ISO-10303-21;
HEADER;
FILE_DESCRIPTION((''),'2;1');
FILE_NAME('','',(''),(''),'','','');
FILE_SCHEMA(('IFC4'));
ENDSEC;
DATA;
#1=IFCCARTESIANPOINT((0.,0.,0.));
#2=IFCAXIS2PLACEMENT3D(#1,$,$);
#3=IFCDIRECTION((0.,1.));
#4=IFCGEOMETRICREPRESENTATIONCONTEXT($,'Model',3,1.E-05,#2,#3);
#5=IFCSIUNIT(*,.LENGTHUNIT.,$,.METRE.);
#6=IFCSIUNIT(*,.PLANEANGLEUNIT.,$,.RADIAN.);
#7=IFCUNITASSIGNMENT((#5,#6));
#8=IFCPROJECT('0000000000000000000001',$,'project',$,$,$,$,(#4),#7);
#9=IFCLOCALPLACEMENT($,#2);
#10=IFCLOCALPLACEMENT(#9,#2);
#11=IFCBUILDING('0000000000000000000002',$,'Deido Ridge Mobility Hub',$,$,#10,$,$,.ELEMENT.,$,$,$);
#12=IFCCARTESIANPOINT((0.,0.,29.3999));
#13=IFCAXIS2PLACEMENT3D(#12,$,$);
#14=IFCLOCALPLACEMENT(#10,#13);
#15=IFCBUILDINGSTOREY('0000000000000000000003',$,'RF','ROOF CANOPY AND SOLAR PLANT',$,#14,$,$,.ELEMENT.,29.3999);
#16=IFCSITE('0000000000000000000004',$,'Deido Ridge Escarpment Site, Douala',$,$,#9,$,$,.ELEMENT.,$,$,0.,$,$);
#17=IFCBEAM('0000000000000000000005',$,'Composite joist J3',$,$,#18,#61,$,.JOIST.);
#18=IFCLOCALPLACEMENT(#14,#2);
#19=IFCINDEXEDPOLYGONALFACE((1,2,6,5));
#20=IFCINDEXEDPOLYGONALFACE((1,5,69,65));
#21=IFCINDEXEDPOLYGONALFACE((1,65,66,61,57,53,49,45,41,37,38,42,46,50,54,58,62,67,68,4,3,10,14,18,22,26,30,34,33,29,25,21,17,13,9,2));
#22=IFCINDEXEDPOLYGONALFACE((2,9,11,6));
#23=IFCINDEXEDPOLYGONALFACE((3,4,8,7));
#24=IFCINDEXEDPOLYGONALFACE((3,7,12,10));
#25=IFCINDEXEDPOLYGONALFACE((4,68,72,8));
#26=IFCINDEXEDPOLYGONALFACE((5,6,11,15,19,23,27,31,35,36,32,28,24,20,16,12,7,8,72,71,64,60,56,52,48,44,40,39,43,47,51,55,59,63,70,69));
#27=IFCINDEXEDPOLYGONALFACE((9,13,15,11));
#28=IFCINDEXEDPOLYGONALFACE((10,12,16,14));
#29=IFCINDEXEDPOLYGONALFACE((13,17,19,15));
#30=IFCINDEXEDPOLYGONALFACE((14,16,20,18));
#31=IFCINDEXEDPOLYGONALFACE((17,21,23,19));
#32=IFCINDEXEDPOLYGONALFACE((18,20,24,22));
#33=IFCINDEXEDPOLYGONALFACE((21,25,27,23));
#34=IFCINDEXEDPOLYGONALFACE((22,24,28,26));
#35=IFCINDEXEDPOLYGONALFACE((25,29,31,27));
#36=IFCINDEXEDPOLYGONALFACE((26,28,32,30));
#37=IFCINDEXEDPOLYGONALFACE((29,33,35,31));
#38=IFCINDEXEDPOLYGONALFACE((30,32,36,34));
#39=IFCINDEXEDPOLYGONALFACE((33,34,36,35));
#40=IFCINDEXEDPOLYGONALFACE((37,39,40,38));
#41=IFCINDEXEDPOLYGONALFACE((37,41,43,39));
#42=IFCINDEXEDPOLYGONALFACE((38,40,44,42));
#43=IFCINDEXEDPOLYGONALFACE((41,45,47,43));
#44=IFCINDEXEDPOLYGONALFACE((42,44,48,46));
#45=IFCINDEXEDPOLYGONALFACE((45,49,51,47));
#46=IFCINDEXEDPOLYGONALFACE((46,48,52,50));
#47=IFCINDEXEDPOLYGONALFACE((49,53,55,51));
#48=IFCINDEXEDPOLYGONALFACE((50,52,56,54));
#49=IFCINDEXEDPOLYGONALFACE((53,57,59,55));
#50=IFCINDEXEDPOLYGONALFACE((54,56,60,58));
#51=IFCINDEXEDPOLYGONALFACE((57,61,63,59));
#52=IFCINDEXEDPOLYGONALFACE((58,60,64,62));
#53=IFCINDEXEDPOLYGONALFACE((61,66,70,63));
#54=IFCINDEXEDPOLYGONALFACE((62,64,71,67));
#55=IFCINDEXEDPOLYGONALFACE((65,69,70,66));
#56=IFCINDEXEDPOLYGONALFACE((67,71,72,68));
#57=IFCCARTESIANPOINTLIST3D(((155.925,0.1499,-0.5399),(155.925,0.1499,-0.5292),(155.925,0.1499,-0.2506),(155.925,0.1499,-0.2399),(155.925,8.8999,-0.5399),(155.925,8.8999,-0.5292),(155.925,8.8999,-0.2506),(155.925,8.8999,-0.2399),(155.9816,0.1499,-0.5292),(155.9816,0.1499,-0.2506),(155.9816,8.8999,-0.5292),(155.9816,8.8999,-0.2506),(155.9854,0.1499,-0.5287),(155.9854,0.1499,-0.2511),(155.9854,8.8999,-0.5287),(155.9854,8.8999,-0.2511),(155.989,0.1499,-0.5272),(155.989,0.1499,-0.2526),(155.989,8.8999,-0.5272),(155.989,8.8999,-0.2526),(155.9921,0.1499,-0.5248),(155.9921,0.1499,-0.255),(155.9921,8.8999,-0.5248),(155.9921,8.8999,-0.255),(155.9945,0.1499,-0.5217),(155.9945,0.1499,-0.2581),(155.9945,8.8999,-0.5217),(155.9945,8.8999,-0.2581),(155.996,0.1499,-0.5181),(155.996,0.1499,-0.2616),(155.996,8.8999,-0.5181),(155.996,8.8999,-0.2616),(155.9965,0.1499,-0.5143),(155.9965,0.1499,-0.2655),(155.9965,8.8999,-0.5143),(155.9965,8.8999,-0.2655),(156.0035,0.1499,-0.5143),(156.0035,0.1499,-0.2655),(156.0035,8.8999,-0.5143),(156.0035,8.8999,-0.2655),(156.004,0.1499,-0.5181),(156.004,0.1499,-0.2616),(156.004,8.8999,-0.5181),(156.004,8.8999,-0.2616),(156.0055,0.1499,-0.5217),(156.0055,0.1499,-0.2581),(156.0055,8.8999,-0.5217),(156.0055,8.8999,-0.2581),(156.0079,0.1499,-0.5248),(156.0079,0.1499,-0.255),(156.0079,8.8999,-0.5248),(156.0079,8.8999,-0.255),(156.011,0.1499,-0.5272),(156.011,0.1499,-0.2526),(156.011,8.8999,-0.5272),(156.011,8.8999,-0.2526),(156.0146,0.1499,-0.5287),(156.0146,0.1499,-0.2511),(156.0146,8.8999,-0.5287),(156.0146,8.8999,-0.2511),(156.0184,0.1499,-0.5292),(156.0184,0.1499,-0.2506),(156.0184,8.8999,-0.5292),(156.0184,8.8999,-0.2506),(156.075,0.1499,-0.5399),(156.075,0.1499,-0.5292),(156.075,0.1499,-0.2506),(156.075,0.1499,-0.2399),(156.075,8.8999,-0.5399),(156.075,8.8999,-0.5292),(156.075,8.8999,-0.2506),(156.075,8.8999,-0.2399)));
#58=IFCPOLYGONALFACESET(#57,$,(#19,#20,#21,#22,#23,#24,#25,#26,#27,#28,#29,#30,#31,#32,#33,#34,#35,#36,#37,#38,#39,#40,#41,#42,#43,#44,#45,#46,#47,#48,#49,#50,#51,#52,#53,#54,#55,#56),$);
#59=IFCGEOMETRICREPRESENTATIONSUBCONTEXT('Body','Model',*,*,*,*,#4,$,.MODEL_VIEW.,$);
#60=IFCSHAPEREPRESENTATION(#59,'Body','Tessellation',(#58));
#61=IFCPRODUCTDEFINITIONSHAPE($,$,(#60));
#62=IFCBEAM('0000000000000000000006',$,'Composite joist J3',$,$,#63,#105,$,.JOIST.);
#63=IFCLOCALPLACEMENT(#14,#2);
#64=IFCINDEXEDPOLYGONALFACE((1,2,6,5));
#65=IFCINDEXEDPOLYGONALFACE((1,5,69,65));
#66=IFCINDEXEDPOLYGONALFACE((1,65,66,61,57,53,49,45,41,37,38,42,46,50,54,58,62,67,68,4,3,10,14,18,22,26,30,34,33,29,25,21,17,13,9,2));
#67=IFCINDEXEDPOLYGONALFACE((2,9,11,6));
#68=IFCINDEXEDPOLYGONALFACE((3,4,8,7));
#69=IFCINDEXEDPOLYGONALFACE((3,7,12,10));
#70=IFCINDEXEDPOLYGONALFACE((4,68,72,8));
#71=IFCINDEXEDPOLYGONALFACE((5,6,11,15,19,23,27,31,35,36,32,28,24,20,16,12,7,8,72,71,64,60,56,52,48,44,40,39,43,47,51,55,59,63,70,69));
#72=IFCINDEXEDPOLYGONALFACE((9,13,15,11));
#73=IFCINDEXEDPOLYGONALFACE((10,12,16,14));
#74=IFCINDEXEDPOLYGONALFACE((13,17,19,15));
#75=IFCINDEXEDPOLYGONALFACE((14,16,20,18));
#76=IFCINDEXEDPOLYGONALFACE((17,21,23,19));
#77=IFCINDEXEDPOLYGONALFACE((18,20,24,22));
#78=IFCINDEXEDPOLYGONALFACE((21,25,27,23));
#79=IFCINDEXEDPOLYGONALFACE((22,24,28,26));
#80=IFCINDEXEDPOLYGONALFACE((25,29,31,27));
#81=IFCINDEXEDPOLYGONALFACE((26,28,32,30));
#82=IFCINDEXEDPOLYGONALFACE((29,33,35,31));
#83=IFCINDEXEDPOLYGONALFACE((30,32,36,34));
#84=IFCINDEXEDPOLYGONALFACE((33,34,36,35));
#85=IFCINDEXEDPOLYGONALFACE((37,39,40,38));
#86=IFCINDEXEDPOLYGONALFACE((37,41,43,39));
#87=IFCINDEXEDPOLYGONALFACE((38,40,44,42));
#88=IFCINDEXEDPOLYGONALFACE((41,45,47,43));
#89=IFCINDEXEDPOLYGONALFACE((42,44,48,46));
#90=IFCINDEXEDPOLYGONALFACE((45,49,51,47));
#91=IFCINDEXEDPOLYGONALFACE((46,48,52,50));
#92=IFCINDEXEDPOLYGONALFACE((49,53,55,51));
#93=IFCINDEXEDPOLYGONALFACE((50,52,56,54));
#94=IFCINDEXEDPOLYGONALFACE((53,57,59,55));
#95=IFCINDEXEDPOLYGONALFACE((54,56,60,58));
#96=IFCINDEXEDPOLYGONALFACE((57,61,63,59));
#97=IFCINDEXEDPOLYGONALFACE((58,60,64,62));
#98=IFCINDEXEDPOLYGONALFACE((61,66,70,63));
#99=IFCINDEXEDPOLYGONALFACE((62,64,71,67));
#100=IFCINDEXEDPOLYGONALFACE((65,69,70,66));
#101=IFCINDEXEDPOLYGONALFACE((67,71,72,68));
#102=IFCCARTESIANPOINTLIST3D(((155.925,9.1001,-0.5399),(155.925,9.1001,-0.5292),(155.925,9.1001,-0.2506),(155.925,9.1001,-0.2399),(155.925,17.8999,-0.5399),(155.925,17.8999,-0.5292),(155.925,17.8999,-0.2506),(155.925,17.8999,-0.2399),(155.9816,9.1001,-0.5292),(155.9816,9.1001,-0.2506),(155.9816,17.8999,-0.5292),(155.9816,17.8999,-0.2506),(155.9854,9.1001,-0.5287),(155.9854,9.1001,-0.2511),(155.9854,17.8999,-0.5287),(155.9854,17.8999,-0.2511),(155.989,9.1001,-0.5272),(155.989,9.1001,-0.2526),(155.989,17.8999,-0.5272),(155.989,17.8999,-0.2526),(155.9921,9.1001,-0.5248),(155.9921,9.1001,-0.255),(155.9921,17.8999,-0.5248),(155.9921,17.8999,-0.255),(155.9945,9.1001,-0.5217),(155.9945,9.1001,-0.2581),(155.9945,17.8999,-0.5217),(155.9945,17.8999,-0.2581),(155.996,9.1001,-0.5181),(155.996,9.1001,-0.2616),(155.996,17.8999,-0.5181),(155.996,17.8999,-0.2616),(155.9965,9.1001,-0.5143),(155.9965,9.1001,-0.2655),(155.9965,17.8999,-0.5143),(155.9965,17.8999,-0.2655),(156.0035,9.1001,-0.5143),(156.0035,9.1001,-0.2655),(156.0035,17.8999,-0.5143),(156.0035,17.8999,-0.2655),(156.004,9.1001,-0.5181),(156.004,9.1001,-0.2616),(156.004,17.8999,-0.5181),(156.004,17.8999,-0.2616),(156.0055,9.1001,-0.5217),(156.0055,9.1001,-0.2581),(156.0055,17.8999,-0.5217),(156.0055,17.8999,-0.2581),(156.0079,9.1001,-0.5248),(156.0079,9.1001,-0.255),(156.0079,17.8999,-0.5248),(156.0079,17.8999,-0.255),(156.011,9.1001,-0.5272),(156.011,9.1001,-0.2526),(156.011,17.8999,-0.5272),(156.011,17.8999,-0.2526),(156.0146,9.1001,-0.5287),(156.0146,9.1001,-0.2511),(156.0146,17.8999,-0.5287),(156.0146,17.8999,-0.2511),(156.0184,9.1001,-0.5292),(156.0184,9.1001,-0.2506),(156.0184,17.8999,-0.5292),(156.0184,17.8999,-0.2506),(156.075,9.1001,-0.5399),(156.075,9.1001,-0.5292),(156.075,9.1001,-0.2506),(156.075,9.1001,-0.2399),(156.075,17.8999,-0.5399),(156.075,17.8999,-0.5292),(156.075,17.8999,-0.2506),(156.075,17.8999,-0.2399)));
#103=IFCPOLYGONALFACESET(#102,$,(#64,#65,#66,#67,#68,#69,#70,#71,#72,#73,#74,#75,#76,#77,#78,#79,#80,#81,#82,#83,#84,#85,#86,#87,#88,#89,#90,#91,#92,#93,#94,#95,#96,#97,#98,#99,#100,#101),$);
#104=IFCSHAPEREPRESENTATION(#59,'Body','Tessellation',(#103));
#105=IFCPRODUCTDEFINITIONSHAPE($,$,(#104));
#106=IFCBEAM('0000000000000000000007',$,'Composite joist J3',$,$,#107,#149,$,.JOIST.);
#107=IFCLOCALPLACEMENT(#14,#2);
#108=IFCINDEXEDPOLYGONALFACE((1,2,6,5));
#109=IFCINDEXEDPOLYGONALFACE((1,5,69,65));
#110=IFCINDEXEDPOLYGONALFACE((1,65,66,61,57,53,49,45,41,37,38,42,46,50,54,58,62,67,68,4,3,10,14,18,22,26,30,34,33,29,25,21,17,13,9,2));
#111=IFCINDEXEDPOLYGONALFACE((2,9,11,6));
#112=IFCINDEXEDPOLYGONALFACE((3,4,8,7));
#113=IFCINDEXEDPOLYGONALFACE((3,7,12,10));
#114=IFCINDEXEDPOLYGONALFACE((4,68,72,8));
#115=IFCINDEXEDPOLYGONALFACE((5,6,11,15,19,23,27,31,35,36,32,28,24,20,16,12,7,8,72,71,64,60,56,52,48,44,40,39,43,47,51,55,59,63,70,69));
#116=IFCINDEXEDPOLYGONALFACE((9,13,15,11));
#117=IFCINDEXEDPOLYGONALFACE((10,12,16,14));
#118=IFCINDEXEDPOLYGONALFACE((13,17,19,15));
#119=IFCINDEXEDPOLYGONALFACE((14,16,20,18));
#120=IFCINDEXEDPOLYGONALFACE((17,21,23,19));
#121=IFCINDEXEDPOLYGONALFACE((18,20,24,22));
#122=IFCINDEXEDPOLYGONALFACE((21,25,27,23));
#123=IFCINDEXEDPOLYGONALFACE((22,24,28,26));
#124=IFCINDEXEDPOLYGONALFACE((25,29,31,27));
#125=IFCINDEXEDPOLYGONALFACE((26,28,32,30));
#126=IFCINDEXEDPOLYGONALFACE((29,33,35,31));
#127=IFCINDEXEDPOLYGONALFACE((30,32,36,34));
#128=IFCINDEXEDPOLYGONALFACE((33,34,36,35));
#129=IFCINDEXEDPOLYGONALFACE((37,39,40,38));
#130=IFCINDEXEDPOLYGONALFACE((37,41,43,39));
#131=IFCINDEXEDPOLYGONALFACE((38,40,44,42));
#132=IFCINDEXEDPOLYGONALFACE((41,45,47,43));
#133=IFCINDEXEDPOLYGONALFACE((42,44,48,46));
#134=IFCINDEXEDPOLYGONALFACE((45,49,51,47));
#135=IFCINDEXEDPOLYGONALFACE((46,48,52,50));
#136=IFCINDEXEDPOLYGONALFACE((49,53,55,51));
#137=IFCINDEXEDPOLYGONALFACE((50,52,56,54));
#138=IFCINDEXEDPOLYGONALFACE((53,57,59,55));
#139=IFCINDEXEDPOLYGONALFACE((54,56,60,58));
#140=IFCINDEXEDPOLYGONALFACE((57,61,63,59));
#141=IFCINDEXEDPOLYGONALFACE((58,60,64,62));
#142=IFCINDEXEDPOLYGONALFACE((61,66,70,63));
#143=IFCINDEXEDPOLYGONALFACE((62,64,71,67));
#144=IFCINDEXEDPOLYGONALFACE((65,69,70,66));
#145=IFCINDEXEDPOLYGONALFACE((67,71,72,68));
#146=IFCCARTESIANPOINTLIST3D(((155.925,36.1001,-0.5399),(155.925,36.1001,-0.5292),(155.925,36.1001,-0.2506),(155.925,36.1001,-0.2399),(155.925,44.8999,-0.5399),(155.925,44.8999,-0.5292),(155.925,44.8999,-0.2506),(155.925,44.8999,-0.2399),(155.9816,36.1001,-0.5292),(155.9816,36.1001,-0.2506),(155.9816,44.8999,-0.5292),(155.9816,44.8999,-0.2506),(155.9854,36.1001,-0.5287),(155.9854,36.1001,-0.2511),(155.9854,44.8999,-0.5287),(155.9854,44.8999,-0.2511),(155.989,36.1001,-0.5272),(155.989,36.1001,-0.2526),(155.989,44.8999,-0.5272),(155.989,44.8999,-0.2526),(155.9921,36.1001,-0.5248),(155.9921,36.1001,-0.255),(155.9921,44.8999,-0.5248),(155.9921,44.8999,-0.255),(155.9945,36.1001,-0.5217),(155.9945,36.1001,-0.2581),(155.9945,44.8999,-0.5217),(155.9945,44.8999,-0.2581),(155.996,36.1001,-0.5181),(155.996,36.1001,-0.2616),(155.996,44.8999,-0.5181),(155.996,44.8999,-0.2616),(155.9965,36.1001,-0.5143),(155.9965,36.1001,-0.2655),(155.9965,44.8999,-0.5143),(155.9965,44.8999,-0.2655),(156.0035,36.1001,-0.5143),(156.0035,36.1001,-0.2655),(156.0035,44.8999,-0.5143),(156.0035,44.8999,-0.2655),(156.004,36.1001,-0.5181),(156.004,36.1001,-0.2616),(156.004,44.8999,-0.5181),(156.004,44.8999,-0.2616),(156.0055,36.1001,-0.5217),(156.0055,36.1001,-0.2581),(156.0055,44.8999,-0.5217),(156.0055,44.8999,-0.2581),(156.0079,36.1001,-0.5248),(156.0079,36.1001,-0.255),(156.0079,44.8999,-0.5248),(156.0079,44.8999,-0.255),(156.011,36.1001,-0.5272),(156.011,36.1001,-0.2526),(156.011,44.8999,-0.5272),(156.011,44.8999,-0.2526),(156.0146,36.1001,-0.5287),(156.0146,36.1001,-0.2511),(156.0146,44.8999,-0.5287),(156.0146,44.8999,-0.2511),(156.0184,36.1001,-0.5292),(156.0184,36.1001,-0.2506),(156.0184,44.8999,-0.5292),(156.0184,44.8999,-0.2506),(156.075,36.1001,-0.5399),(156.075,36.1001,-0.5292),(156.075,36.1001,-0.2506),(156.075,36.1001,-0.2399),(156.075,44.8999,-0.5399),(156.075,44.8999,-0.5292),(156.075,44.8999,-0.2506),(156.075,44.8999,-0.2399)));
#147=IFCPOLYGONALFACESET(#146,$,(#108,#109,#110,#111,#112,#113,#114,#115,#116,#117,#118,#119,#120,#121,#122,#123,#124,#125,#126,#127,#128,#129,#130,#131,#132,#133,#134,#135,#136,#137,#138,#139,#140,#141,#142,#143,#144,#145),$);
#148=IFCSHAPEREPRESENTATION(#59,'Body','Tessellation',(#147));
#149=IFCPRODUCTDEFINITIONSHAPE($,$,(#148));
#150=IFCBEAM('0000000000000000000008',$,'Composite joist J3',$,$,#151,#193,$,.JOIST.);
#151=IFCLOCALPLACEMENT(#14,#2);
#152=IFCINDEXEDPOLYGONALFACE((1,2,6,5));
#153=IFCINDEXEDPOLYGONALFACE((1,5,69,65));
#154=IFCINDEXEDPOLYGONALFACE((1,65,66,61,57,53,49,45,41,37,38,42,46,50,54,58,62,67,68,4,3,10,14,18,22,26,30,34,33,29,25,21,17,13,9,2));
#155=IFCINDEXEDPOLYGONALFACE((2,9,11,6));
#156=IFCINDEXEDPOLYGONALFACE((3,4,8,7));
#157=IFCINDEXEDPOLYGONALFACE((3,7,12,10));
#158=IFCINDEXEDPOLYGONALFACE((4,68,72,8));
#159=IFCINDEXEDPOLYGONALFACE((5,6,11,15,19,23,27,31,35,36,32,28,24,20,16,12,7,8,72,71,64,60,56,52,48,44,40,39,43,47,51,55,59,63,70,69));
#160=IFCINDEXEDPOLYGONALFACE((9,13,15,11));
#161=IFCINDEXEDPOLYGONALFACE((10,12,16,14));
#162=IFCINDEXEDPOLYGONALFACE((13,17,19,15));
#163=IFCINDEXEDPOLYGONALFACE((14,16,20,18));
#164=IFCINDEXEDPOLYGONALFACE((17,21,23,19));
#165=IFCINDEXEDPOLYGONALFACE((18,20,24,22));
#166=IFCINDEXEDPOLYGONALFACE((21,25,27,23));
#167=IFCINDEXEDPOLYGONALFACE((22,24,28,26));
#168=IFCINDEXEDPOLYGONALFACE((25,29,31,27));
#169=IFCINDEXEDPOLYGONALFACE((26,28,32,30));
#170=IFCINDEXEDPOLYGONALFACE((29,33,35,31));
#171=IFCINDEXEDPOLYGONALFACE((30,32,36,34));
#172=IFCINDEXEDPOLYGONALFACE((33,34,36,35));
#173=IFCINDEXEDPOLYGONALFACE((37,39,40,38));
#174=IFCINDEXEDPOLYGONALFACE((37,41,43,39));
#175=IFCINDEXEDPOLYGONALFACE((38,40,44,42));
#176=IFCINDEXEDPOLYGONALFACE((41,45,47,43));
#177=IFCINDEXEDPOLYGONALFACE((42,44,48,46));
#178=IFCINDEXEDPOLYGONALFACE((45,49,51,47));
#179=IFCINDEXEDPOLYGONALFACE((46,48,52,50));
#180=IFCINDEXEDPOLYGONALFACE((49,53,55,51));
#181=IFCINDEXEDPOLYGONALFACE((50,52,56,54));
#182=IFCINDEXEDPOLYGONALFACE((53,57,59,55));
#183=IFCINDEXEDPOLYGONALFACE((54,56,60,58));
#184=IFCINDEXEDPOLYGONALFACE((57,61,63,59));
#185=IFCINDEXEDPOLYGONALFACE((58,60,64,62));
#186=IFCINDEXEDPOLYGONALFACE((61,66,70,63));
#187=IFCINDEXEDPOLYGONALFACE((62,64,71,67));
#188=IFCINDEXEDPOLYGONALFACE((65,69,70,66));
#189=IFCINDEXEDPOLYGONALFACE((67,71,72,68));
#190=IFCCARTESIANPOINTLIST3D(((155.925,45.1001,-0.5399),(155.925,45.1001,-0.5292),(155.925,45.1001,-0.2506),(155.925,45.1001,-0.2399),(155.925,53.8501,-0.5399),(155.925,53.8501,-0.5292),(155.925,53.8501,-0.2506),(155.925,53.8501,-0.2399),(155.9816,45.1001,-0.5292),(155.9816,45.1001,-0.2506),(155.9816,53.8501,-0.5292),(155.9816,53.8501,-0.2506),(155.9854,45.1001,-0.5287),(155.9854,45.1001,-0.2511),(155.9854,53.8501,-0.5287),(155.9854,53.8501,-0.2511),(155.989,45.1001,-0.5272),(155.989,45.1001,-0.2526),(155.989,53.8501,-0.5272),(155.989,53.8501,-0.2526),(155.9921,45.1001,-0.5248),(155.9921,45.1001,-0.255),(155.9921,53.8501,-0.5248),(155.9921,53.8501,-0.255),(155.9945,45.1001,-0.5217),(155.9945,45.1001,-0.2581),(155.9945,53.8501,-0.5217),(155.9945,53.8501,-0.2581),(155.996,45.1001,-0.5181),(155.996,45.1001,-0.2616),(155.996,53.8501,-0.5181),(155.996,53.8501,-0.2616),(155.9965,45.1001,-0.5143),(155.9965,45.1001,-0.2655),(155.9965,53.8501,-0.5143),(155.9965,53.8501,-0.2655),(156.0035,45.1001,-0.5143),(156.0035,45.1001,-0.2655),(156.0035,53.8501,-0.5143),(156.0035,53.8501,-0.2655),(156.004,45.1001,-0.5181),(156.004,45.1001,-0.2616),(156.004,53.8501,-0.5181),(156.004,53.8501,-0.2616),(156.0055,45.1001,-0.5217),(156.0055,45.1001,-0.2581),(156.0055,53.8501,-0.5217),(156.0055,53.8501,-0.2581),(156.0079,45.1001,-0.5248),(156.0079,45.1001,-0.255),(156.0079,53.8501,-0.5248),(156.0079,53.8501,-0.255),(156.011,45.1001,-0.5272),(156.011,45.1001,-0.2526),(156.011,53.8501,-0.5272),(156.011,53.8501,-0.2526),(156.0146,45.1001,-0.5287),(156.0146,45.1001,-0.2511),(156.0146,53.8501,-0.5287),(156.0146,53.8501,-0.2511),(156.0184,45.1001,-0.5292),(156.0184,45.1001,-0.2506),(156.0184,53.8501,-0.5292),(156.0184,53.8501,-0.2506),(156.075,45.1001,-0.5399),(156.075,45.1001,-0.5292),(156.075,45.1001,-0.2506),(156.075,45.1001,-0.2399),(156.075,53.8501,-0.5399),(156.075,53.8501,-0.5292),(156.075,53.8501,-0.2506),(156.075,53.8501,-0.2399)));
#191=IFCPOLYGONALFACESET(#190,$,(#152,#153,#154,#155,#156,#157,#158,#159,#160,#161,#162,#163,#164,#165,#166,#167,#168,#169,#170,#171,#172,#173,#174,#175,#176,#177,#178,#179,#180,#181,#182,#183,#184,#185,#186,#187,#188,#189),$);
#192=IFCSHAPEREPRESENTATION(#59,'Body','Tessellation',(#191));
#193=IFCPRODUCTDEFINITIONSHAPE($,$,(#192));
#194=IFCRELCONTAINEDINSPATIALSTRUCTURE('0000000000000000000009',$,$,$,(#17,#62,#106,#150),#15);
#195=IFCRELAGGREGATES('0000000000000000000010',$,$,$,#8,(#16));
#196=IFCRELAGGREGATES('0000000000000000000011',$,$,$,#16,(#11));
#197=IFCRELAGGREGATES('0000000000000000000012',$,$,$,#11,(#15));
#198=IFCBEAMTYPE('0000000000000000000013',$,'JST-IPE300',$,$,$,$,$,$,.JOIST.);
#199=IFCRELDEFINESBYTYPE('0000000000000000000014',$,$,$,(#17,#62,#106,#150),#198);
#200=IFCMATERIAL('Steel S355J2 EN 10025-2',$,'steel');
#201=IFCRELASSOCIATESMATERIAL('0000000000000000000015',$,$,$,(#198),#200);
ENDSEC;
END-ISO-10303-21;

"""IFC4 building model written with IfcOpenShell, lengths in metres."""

from ifc_helpers import new_model, si_unit, direction, frame, origin, origin_2d, place, context, subcontext, project, spatial, i_section, extrude, material, material_profile, profile_set, type_object, element, save


model = new_model("IFC4")

# Units and contexts
model_context = context("Model", 3, precision=1e-05, world=origin(), true_north=direction((0.0, 1.0)))
body_context = subcontext(model_context, "Body", "Model", "MODEL_VIEW")
ifc_project = project(units=[si_unit("LENGTHUNIT", "METRE"), si_unit("PLANEANGLEUNIT", "RADIAN")], contexts=[model_context])

# Site, building, storey
site_placement = place(None, origin())
site = spatial("IfcSite", under=ifc_project, at=site_placement, Name="Deido Ridge Escarpment Site, Douala", CompositionType="ELEMENT", RefElevation=0.0)
building_placement = place(site_placement, origin())
building = spatial("IfcBuilding", under=site, at=building_placement, Name="Deido Ridge Mobility Hub", CompositionType="ELEMENT")
storey_placement = place(building_placement, frame((0.0, 0.0, 29.3999)))
storey = spatial("IfcBuildingStorey", under=building, at=storey_placement, Name="RF", Description="ROOF CANOPY AND SOLAR PLANT", CompositionType="ELEMENT", Elevation=29.3999)

# Beams
ifc_material_1 = material(Name="Steel S355J2 EN 10025-2", Category="steel")
ifc_material_profile_1 = material_profile(ifc_material_1, i_section(OverallWidth=0.1499, OverallDepth=0.3, WebThickness=0.0071, FlangeThickness=0.0107, FilletRadius=0.0149, at=origin_2d()), Name="IPE 300")
ifc_profile_set_1 = profile_set([ifc_material_profile_1], Name="Steel S355J2 EN 10025-2")
beam_type_1 = type_object("IfcBeamType", Name="JST-IPE300", PredefinedType="JOIST", material=ifc_profile_set_1)
beam_1_placement = place(storey_placement, frame((156.0, 0.1499, -0.3899), z_axis=(0.0, 1.0, 0.0), x_axis=(-1.0, 0.0, 0.0)))
element("IfcBeam", 1, at=beam_1_placement, inside=storey, type_object=beam_type_1, Name="Composite joist J3", PredefinedType="JOIST", context=body_context, shape_type="SweptSolid", body=[
    extrude(i_section(OverallWidth=0.1499, OverallDepth=0.3, WebThickness=0.0071, FlangeThickness=0.0107, FilletRadius=0.0149, at=origin_2d()), origin(), (0.0, 0.0, 1.0), 8.75),
])
for number, where, z_axis, x_axis, name in (
    (2, (156.0, 9.1001, -0.3899), (0.0, 1.0, 0.0), (-1.0, 0.0, 0.0), "Composite joist J3"),
    (3, (156.0, 36.1001, -0.3899), (0.0, 1.0, 0.0), (-1.0, 0.0, 0.0), "Composite joist J3"),
):
    element("IfcBeam", number, at=place(storey_placement, frame(where, z_axis=z_axis, x_axis=x_axis)), inside=storey, type_object=beam_type_1, Name=name, PredefinedType="JOIST", context=body_context, shape_type="SweptSolid", body=[
        extrude(i_section(OverallWidth=0.1499, OverallDepth=0.3, WebThickness=0.0071, FlangeThickness=0.0107, FilletRadius=0.0149, at=origin_2d()), origin(), (0.0, 0.0, 1.0), 8.7998),
    ])
beam_2_placement = place(storey_placement, frame((156.0, 45.1001, -0.3899), z_axis=(0.0, 1.0, 0.0), x_axis=(-1.0, 0.0, 0.0)))
element("IfcBeam", 4, at=beam_2_placement, inside=storey, type_object=beam_type_1, Name="Composite joist J3", PredefinedType="JOIST", context=body_context, shape_type="SweptSolid", body=[
    extrude(i_section(OverallWidth=0.1499, OverallDepth=0.3, WebThickness=0.0071, FlangeThickness=0.0107, FilletRadius=0.0149, at=origin_2d()), origin(), (0.0, 0.0, 1.0), 8.75),
])

save(model, "model.ifc")
